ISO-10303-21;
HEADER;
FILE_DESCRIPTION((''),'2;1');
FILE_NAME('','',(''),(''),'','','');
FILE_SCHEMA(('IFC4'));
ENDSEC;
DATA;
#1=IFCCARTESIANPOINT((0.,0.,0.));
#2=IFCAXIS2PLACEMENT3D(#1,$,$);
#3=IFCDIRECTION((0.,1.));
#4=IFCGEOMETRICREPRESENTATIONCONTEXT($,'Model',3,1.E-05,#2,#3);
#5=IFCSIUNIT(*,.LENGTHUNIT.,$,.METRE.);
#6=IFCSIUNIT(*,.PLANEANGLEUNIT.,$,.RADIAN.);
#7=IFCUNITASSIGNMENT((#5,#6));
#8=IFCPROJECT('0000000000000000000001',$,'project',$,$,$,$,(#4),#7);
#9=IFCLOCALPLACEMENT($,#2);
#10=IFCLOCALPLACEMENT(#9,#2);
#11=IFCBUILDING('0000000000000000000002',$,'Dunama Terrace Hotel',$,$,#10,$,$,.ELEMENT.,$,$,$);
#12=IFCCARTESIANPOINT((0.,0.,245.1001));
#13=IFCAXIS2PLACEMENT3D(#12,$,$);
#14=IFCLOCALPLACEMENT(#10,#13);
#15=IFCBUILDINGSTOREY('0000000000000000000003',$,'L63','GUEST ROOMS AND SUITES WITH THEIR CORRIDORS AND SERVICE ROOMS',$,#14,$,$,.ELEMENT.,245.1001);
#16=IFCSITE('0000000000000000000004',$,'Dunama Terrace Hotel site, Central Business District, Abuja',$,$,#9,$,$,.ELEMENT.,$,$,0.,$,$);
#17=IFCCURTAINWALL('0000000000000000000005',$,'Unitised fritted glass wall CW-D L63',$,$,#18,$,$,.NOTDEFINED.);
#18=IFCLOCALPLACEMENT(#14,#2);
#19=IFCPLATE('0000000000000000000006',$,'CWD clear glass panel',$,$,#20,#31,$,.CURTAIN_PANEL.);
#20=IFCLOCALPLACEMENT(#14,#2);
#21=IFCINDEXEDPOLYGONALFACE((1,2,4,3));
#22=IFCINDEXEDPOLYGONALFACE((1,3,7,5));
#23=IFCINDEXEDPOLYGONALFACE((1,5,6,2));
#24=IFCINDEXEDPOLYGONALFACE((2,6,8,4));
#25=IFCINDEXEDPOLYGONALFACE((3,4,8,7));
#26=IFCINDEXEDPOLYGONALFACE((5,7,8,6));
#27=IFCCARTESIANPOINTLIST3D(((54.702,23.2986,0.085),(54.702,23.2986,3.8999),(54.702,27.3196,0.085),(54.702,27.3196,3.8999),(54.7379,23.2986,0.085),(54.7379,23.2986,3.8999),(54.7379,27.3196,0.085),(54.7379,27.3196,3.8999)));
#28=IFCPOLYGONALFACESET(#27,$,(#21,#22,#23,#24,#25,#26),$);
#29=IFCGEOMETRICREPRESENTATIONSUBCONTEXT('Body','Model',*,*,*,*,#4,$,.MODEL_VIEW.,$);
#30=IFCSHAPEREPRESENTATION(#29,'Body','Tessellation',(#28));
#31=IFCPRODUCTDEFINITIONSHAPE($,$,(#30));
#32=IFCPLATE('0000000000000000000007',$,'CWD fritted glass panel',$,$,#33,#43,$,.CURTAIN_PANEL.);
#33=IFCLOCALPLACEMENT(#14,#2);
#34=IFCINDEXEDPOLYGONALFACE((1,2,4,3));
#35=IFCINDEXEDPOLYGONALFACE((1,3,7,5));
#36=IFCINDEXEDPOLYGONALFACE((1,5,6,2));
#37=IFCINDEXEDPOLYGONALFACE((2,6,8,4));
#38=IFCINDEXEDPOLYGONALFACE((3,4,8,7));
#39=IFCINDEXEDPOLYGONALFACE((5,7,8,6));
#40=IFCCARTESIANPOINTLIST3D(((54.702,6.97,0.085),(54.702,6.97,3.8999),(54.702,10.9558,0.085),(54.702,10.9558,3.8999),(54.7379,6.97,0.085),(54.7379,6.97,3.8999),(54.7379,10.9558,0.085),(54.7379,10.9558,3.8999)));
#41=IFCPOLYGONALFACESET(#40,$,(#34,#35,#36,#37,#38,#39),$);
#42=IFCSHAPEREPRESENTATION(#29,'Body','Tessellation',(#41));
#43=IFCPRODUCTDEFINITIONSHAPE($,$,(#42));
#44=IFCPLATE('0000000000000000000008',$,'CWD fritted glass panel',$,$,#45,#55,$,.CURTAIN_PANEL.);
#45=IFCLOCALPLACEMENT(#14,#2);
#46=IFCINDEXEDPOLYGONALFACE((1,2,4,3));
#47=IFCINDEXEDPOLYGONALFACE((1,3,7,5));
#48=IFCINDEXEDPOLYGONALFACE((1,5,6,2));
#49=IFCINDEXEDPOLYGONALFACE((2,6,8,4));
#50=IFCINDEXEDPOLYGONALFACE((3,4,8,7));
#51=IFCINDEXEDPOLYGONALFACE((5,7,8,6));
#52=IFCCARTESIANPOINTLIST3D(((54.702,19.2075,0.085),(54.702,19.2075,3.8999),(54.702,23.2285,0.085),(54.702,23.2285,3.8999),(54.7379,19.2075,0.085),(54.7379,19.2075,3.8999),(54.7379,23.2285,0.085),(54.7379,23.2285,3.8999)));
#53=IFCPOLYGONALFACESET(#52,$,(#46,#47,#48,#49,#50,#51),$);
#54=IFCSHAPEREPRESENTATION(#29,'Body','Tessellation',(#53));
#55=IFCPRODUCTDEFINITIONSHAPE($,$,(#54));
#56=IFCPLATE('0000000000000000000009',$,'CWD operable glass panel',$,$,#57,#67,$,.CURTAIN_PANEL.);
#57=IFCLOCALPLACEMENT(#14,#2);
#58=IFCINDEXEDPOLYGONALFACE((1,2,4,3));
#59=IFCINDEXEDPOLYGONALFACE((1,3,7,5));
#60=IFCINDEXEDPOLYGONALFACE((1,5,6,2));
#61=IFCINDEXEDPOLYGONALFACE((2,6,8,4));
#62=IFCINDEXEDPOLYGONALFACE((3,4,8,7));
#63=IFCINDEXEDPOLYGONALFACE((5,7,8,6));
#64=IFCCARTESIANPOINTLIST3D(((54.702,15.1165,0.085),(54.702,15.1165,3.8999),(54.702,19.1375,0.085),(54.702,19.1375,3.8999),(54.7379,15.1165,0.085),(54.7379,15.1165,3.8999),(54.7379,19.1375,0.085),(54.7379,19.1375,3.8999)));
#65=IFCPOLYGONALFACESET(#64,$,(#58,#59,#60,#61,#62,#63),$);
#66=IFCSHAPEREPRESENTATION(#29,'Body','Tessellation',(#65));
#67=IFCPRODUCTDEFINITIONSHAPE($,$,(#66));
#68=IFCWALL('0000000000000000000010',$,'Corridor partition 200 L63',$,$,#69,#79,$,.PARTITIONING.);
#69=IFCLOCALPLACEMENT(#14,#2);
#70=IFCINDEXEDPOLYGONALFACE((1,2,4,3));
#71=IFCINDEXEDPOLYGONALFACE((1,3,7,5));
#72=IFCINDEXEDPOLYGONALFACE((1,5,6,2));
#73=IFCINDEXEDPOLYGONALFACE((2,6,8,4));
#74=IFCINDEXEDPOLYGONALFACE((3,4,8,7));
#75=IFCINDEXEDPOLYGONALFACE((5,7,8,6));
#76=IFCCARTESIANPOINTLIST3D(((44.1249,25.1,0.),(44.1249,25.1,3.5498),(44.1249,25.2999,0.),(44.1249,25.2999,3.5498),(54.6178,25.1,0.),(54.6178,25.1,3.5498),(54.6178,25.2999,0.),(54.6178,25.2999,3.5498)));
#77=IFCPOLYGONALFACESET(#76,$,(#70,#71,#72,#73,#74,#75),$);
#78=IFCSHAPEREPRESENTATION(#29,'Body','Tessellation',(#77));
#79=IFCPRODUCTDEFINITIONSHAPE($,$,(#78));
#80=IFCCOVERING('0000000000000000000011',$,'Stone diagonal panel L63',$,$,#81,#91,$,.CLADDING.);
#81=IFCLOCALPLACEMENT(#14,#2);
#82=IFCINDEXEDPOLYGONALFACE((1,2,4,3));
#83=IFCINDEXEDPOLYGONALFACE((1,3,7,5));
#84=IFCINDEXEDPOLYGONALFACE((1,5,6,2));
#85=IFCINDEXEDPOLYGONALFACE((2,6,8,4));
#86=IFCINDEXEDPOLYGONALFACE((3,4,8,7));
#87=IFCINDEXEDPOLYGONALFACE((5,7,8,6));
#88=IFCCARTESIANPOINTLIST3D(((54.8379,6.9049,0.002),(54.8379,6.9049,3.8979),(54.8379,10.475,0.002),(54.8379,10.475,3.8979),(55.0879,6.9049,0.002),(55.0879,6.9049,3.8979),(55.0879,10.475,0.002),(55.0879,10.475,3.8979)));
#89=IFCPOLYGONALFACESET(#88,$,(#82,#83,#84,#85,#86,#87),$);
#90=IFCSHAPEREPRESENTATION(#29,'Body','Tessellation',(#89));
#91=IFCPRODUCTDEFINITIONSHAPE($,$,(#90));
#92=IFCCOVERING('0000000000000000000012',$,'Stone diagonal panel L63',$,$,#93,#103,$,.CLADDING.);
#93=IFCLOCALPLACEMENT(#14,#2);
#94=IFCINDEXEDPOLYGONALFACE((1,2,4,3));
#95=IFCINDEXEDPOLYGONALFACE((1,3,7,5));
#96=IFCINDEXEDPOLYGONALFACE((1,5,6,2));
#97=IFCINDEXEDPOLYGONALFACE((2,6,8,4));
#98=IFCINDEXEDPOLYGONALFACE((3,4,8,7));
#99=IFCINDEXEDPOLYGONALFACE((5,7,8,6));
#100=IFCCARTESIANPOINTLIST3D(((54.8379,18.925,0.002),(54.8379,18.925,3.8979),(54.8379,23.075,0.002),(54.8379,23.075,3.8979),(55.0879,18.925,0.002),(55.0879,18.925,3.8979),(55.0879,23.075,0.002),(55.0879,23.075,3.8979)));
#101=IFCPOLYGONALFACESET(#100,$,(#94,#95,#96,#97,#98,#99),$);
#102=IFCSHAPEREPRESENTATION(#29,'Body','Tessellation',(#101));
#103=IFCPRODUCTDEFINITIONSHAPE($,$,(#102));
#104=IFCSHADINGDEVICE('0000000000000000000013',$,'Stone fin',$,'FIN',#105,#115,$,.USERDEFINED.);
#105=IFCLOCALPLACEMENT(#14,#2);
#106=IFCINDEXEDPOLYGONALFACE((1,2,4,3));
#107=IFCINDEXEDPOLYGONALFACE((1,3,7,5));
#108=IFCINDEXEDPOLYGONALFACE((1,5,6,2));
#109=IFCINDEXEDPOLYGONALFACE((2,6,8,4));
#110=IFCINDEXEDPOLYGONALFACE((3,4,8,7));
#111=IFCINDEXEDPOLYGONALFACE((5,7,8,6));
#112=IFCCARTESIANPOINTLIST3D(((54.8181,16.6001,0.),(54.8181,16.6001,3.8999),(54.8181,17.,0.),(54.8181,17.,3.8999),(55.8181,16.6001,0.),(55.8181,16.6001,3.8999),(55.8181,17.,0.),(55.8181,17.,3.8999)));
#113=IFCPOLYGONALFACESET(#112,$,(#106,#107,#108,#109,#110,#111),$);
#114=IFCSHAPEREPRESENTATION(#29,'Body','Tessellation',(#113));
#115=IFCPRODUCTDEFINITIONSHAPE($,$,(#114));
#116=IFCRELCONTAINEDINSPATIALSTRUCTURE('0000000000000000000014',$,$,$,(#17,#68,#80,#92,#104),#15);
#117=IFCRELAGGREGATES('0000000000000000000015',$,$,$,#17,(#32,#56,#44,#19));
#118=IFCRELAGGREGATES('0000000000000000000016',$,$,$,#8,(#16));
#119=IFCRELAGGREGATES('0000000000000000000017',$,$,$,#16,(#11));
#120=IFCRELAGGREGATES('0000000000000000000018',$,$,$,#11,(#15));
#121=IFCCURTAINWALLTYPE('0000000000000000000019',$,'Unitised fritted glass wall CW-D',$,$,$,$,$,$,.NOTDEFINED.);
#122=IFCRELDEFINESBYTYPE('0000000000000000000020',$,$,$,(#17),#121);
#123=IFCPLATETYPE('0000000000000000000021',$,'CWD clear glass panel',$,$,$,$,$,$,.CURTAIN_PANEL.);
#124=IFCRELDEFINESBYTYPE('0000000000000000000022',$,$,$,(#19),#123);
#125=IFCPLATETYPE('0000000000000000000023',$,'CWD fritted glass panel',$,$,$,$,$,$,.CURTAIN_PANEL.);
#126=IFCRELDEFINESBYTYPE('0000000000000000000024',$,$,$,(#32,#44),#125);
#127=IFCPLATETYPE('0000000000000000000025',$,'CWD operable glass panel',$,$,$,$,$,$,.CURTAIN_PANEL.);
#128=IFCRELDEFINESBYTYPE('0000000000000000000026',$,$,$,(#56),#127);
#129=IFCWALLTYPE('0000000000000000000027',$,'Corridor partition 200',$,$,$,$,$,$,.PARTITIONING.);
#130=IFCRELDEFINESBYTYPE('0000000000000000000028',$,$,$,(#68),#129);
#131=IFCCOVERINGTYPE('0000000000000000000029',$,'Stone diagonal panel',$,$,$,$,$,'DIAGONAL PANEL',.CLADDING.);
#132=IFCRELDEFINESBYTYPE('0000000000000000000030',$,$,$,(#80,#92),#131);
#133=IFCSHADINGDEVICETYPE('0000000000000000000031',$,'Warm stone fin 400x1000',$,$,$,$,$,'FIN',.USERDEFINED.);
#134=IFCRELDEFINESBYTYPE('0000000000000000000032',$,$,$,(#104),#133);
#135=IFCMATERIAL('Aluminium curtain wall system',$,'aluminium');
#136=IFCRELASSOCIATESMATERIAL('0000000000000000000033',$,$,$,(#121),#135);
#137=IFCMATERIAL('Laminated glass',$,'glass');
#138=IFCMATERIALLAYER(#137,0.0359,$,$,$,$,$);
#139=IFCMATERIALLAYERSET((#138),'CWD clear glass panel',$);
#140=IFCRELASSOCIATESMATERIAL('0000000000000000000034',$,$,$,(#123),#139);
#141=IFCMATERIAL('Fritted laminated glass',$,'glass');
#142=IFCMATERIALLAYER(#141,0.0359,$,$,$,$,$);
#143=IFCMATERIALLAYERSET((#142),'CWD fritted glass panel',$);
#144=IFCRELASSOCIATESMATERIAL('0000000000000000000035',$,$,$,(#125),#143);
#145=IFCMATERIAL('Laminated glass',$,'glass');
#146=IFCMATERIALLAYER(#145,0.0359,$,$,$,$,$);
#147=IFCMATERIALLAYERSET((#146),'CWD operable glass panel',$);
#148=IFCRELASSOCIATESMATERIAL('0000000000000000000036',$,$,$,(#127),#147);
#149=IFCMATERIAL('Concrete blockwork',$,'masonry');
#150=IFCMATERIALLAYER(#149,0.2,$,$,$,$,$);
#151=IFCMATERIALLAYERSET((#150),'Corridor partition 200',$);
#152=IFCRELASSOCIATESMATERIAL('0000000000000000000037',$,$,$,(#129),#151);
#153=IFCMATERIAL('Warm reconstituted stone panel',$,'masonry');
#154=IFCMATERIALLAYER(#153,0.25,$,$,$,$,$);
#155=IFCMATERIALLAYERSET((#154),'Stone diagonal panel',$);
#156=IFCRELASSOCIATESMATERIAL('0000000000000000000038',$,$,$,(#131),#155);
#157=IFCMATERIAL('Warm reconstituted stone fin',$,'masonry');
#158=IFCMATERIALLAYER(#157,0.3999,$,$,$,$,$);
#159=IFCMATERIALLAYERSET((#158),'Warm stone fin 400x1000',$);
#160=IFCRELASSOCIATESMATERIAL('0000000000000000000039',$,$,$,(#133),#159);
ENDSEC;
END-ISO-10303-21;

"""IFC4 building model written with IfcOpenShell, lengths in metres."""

from ifc_helpers import new_model, si_unit, direction, frame, frame_2d, origin, origin_2d, place, context, subcontext, project, spatial, rectangle, extrude, material, layer, layer_set, type_object, element, aggregate, save


model = new_model("IFC4")

# Units and contexts
model_context = context("Model", 3, precision=1e-05, world=origin(), true_north=direction((0.0, 1.0)))
body_context = subcontext(model_context, "Body", "Model", "MODEL_VIEW")
ifc_project = project(units=[si_unit("LENGTHUNIT", "METRE"), si_unit("PLANEANGLEUNIT", "RADIAN")], contexts=[model_context])

# Site, building, storey
site_placement = place(None, origin())
site = spatial("IfcSite", under=ifc_project, at=site_placement, Name="Dunama Terrace Hotel site, Central Business District, Abuja", CompositionType="ELEMENT", RefElevation=0.0)
building_placement = place(site_placement, origin())
building = spatial("IfcBuilding", under=site, at=building_placement, Name="Dunama Terrace Hotel", CompositionType="ELEMENT")
storey_placement = place(building_placement, frame((0.0, 0.0, 245.1001)))
storey = spatial("IfcBuildingStorey", under=building, at=storey_placement, Name="L63", Description="GUEST ROOMS AND SUITES WITH THEIR CORRIDORS AND SERVICE ROOMS", CompositionType="ELEMENT", Elevation=245.1001)

# Curtain wall
ifc_material_1 = material(Name="Aluminium curtain wall system", Category="aluminium")
curtain_wall_type = type_object("IfcCurtainWallType", Name="Unitised fritted glass wall CW-D", PredefinedType="NOTDEFINED", material=ifc_material_1)
curtain_wall_placement = place(storey_placement, origin())
curtain_wall = element("IfcCurtainWall", 1, at=curtain_wall_placement, inside=storey, type_object=curtain_wall_type, Name="Unitised fritted glass wall CW-D L63", PredefinedType="NOTDEFINED")

# Plates
ifc_material_2 = material(Name="Laminated glass", Category="glass")
ifc_layer_1 = layer(ifc_material_2, 0.0359)
ifc_layer_set_1 = layer_set([ifc_layer_1], Name="CWD clear glass panel")
plate_type_1 = type_object("IfcPlateType", Name="CWD clear glass panel", PredefinedType="CURTAIN_PANEL", material=ifc_layer_set_1)
plate_1_placement = place(storey_placement, frame((54.72, 25.3091, 0.085), z_axis=(0.0, 0.0, 1.0), x_axis=(0.0, 1.0, 0.0)))
plate_1 = element("IfcPlate", 2, at=plate_1_placement, type_object=plate_type_1, Name="CWD clear glass panel", PredefinedType="CURTAIN_PANEL", context=body_context, shape_type="SweptSolid", body=[
    extrude(rectangle(XDim=4.021, YDim=0.0359, at=origin_2d()), origin(), (0.0, 0.0, 1.0), 3.8149),
])
ifc_material_3 = material(Name="Fritted laminated glass", Category="glass")
ifc_layer_2 = layer(ifc_material_3, 0.0359)
ifc_layer_set_2 = layer_set([ifc_layer_2], Name="CWD fritted glass panel")
plate_type_2 = type_object("IfcPlateType", Name="CWD fritted glass panel", PredefinedType="CURTAIN_PANEL", material=ifc_layer_set_2)
plate_2_placement = place(storey_placement, frame((54.72, 8.9629, 0.085), z_axis=(0.0, 0.0, 1.0), x_axis=(0.0, 1.0, 0.0)))
plate_2 = element("IfcPlate", 3, at=plate_2_placement, type_object=plate_type_2, Name="CWD fritted glass panel", PredefinedType="CURTAIN_PANEL", context=body_context, shape_type="SweptSolid", body=[
    extrude(rectangle(XDim=3.9858, YDim=0.0359, at=origin_2d()), origin(), (0.0, 0.0, 1.0), 3.8149),
])
plate_3_placement = place(storey_placement, frame((54.72, 21.218, 0.085), z_axis=(0.0, 0.0, 1.0), x_axis=(0.0, 1.0, 0.0)))
plate_3 = element("IfcPlate", 4, at=plate_3_placement, type_object=plate_type_2, Name="CWD fritted glass panel", PredefinedType="CURTAIN_PANEL", context=body_context, shape_type="SweptSolid", body=[
    extrude(rectangle(XDim=4.021, YDim=0.0359, at=origin_2d()), origin(), (0.0, 0.0, 1.0), 3.8149),
])
ifc_material_4 = material(Name="Laminated glass", Category="glass")
ifc_layer_3 = layer(ifc_material_4, 0.0359)
ifc_layer_set_3 = layer_set([ifc_layer_3], Name="CWD operable glass panel")
plate_type_3 = type_object("IfcPlateType", Name="CWD operable glass panel", PredefinedType="CURTAIN_PANEL", material=ifc_layer_set_3)
plate_4_placement = place(storey_placement, frame((54.72, 17.127, 0.085), z_axis=(0.0, 0.0, 1.0), x_axis=(0.0, 1.0, 0.0)))
plate_4 = element("IfcPlate", 5, at=plate_4_placement, type_object=plate_type_3, Name="CWD operable glass panel", PredefinedType="CURTAIN_PANEL", context=body_context, shape_type="SweptSolid", body=[
    extrude(rectangle(XDim=4.021, YDim=0.0359, at=origin_2d()), origin(), (0.0, 0.0, 1.0), 3.8149),
])
aggregate(curtain_wall, [plate_2, plate_4, plate_3, plate_1])

# Wall
ifc_material_5 = material(Name="Concrete blockwork", Category="masonry")
ifc_layer_4 = layer(ifc_material_5, 0.2)
ifc_layer_set_4 = layer_set([ifc_layer_4], Name="Corridor partition 200")
wall_type = type_object("IfcWallType", Name="Corridor partition 200", PredefinedType="PARTITIONING", material=ifc_layer_set_4)
wall_placement = place(storey_placement, frame((54.6179, 25.2, 0.0), z_axis=(0.0, 0.0, 1.0), x_axis=(-1.0, 0.0, 0.0)))
element("IfcWall", 6, at=wall_placement, inside=storey, type_object=wall_type, Name="Corridor partition 200 L63", PredefinedType="PARTITIONING", context=body_context, shape_type="SweptSolid", body=[
    extrude(rectangle(XDim=10.4929, YDim=0.2, at=frame_2d((5.2466, 0.0))), origin(), (0.0, 0.0, 1.0), 3.5498),
])

# Coverings
ifc_material_6 = material(Name="Warm reconstituted stone panel", Category="masonry")
ifc_layer_5 = layer(ifc_material_6, 0.25)
ifc_layer_set_5 = layer_set([ifc_layer_5], Name="Stone diagonal panel")
covering_type = type_object("IfcCoveringType", Name="Stone diagonal panel", ElementType="DIAGONAL PANEL", PredefinedType="CLADDING", material=ifc_layer_set_5)
covering_1_placement = place(storey_placement, frame((54.9629, 8.6899, 0.002), z_axis=(0.0, 0.0, 1.0), x_axis=(0.0, 1.0, 0.0)))
element("IfcCovering", 7, at=covering_1_placement, inside=storey, type_object=covering_type, Name="Stone diagonal panel L63", PredefinedType="CLADDING", context=body_context, shape_type="SweptSolid", body=[
    extrude(rectangle(XDim=3.5701, YDim=0.25, at=origin_2d()), origin(), (0.0, 0.0, 1.0), 3.896),
])
covering_2_placement = place(storey_placement, frame((54.9629, 21.0, 0.002), z_axis=(0.0, 0.0, 1.0), x_axis=(0.0, 1.0, 0.0)))
element("IfcCovering", 8, at=covering_2_placement, inside=storey, type_object=covering_type, Name="Stone diagonal panel L63", PredefinedType="CLADDING", context=body_context, shape_type="SweptSolid", body=[
    extrude(rectangle(XDim=4.1499, YDim=0.25, at=origin_2d()), origin(), (0.0, 0.0, 1.0), 3.896),
])

# Shading device
ifc_material_7 = material(Name="Warm reconstituted stone fin", Category="masonry")
ifc_layer_6 = layer(ifc_material_7, 0.3999)
ifc_layer_set_6 = layer_set([ifc_layer_6], Name="Warm stone fin 400x1000")
shading_device_type = type_object("IfcShadingDeviceType", Name="Warm stone fin 400x1000", ElementType="FIN", PredefinedType="USERDEFINED", material=ifc_layer_set_6)
shading_device_placement = place(storey_placement, frame((55.3181, 16.8, 0.0), z_axis=(0.0, 0.0, 1.0), x_axis=(0.0, 1.0, 0.0)))
element("IfcShadingDevice", 9, at=shading_device_placement, inside=storey, type_object=shading_device_type, Name="Stone fin", ObjectType="FIN", PredefinedType="USERDEFINED", context=body_context, shape_type="SweptSolid", body=[
    extrude(rectangle(XDim=0.3999, YDim=1.0, at=origin_2d()), origin(), (0.0, 0.0, 1.0), 3.8999),
])

save(model, "model.ifc")
